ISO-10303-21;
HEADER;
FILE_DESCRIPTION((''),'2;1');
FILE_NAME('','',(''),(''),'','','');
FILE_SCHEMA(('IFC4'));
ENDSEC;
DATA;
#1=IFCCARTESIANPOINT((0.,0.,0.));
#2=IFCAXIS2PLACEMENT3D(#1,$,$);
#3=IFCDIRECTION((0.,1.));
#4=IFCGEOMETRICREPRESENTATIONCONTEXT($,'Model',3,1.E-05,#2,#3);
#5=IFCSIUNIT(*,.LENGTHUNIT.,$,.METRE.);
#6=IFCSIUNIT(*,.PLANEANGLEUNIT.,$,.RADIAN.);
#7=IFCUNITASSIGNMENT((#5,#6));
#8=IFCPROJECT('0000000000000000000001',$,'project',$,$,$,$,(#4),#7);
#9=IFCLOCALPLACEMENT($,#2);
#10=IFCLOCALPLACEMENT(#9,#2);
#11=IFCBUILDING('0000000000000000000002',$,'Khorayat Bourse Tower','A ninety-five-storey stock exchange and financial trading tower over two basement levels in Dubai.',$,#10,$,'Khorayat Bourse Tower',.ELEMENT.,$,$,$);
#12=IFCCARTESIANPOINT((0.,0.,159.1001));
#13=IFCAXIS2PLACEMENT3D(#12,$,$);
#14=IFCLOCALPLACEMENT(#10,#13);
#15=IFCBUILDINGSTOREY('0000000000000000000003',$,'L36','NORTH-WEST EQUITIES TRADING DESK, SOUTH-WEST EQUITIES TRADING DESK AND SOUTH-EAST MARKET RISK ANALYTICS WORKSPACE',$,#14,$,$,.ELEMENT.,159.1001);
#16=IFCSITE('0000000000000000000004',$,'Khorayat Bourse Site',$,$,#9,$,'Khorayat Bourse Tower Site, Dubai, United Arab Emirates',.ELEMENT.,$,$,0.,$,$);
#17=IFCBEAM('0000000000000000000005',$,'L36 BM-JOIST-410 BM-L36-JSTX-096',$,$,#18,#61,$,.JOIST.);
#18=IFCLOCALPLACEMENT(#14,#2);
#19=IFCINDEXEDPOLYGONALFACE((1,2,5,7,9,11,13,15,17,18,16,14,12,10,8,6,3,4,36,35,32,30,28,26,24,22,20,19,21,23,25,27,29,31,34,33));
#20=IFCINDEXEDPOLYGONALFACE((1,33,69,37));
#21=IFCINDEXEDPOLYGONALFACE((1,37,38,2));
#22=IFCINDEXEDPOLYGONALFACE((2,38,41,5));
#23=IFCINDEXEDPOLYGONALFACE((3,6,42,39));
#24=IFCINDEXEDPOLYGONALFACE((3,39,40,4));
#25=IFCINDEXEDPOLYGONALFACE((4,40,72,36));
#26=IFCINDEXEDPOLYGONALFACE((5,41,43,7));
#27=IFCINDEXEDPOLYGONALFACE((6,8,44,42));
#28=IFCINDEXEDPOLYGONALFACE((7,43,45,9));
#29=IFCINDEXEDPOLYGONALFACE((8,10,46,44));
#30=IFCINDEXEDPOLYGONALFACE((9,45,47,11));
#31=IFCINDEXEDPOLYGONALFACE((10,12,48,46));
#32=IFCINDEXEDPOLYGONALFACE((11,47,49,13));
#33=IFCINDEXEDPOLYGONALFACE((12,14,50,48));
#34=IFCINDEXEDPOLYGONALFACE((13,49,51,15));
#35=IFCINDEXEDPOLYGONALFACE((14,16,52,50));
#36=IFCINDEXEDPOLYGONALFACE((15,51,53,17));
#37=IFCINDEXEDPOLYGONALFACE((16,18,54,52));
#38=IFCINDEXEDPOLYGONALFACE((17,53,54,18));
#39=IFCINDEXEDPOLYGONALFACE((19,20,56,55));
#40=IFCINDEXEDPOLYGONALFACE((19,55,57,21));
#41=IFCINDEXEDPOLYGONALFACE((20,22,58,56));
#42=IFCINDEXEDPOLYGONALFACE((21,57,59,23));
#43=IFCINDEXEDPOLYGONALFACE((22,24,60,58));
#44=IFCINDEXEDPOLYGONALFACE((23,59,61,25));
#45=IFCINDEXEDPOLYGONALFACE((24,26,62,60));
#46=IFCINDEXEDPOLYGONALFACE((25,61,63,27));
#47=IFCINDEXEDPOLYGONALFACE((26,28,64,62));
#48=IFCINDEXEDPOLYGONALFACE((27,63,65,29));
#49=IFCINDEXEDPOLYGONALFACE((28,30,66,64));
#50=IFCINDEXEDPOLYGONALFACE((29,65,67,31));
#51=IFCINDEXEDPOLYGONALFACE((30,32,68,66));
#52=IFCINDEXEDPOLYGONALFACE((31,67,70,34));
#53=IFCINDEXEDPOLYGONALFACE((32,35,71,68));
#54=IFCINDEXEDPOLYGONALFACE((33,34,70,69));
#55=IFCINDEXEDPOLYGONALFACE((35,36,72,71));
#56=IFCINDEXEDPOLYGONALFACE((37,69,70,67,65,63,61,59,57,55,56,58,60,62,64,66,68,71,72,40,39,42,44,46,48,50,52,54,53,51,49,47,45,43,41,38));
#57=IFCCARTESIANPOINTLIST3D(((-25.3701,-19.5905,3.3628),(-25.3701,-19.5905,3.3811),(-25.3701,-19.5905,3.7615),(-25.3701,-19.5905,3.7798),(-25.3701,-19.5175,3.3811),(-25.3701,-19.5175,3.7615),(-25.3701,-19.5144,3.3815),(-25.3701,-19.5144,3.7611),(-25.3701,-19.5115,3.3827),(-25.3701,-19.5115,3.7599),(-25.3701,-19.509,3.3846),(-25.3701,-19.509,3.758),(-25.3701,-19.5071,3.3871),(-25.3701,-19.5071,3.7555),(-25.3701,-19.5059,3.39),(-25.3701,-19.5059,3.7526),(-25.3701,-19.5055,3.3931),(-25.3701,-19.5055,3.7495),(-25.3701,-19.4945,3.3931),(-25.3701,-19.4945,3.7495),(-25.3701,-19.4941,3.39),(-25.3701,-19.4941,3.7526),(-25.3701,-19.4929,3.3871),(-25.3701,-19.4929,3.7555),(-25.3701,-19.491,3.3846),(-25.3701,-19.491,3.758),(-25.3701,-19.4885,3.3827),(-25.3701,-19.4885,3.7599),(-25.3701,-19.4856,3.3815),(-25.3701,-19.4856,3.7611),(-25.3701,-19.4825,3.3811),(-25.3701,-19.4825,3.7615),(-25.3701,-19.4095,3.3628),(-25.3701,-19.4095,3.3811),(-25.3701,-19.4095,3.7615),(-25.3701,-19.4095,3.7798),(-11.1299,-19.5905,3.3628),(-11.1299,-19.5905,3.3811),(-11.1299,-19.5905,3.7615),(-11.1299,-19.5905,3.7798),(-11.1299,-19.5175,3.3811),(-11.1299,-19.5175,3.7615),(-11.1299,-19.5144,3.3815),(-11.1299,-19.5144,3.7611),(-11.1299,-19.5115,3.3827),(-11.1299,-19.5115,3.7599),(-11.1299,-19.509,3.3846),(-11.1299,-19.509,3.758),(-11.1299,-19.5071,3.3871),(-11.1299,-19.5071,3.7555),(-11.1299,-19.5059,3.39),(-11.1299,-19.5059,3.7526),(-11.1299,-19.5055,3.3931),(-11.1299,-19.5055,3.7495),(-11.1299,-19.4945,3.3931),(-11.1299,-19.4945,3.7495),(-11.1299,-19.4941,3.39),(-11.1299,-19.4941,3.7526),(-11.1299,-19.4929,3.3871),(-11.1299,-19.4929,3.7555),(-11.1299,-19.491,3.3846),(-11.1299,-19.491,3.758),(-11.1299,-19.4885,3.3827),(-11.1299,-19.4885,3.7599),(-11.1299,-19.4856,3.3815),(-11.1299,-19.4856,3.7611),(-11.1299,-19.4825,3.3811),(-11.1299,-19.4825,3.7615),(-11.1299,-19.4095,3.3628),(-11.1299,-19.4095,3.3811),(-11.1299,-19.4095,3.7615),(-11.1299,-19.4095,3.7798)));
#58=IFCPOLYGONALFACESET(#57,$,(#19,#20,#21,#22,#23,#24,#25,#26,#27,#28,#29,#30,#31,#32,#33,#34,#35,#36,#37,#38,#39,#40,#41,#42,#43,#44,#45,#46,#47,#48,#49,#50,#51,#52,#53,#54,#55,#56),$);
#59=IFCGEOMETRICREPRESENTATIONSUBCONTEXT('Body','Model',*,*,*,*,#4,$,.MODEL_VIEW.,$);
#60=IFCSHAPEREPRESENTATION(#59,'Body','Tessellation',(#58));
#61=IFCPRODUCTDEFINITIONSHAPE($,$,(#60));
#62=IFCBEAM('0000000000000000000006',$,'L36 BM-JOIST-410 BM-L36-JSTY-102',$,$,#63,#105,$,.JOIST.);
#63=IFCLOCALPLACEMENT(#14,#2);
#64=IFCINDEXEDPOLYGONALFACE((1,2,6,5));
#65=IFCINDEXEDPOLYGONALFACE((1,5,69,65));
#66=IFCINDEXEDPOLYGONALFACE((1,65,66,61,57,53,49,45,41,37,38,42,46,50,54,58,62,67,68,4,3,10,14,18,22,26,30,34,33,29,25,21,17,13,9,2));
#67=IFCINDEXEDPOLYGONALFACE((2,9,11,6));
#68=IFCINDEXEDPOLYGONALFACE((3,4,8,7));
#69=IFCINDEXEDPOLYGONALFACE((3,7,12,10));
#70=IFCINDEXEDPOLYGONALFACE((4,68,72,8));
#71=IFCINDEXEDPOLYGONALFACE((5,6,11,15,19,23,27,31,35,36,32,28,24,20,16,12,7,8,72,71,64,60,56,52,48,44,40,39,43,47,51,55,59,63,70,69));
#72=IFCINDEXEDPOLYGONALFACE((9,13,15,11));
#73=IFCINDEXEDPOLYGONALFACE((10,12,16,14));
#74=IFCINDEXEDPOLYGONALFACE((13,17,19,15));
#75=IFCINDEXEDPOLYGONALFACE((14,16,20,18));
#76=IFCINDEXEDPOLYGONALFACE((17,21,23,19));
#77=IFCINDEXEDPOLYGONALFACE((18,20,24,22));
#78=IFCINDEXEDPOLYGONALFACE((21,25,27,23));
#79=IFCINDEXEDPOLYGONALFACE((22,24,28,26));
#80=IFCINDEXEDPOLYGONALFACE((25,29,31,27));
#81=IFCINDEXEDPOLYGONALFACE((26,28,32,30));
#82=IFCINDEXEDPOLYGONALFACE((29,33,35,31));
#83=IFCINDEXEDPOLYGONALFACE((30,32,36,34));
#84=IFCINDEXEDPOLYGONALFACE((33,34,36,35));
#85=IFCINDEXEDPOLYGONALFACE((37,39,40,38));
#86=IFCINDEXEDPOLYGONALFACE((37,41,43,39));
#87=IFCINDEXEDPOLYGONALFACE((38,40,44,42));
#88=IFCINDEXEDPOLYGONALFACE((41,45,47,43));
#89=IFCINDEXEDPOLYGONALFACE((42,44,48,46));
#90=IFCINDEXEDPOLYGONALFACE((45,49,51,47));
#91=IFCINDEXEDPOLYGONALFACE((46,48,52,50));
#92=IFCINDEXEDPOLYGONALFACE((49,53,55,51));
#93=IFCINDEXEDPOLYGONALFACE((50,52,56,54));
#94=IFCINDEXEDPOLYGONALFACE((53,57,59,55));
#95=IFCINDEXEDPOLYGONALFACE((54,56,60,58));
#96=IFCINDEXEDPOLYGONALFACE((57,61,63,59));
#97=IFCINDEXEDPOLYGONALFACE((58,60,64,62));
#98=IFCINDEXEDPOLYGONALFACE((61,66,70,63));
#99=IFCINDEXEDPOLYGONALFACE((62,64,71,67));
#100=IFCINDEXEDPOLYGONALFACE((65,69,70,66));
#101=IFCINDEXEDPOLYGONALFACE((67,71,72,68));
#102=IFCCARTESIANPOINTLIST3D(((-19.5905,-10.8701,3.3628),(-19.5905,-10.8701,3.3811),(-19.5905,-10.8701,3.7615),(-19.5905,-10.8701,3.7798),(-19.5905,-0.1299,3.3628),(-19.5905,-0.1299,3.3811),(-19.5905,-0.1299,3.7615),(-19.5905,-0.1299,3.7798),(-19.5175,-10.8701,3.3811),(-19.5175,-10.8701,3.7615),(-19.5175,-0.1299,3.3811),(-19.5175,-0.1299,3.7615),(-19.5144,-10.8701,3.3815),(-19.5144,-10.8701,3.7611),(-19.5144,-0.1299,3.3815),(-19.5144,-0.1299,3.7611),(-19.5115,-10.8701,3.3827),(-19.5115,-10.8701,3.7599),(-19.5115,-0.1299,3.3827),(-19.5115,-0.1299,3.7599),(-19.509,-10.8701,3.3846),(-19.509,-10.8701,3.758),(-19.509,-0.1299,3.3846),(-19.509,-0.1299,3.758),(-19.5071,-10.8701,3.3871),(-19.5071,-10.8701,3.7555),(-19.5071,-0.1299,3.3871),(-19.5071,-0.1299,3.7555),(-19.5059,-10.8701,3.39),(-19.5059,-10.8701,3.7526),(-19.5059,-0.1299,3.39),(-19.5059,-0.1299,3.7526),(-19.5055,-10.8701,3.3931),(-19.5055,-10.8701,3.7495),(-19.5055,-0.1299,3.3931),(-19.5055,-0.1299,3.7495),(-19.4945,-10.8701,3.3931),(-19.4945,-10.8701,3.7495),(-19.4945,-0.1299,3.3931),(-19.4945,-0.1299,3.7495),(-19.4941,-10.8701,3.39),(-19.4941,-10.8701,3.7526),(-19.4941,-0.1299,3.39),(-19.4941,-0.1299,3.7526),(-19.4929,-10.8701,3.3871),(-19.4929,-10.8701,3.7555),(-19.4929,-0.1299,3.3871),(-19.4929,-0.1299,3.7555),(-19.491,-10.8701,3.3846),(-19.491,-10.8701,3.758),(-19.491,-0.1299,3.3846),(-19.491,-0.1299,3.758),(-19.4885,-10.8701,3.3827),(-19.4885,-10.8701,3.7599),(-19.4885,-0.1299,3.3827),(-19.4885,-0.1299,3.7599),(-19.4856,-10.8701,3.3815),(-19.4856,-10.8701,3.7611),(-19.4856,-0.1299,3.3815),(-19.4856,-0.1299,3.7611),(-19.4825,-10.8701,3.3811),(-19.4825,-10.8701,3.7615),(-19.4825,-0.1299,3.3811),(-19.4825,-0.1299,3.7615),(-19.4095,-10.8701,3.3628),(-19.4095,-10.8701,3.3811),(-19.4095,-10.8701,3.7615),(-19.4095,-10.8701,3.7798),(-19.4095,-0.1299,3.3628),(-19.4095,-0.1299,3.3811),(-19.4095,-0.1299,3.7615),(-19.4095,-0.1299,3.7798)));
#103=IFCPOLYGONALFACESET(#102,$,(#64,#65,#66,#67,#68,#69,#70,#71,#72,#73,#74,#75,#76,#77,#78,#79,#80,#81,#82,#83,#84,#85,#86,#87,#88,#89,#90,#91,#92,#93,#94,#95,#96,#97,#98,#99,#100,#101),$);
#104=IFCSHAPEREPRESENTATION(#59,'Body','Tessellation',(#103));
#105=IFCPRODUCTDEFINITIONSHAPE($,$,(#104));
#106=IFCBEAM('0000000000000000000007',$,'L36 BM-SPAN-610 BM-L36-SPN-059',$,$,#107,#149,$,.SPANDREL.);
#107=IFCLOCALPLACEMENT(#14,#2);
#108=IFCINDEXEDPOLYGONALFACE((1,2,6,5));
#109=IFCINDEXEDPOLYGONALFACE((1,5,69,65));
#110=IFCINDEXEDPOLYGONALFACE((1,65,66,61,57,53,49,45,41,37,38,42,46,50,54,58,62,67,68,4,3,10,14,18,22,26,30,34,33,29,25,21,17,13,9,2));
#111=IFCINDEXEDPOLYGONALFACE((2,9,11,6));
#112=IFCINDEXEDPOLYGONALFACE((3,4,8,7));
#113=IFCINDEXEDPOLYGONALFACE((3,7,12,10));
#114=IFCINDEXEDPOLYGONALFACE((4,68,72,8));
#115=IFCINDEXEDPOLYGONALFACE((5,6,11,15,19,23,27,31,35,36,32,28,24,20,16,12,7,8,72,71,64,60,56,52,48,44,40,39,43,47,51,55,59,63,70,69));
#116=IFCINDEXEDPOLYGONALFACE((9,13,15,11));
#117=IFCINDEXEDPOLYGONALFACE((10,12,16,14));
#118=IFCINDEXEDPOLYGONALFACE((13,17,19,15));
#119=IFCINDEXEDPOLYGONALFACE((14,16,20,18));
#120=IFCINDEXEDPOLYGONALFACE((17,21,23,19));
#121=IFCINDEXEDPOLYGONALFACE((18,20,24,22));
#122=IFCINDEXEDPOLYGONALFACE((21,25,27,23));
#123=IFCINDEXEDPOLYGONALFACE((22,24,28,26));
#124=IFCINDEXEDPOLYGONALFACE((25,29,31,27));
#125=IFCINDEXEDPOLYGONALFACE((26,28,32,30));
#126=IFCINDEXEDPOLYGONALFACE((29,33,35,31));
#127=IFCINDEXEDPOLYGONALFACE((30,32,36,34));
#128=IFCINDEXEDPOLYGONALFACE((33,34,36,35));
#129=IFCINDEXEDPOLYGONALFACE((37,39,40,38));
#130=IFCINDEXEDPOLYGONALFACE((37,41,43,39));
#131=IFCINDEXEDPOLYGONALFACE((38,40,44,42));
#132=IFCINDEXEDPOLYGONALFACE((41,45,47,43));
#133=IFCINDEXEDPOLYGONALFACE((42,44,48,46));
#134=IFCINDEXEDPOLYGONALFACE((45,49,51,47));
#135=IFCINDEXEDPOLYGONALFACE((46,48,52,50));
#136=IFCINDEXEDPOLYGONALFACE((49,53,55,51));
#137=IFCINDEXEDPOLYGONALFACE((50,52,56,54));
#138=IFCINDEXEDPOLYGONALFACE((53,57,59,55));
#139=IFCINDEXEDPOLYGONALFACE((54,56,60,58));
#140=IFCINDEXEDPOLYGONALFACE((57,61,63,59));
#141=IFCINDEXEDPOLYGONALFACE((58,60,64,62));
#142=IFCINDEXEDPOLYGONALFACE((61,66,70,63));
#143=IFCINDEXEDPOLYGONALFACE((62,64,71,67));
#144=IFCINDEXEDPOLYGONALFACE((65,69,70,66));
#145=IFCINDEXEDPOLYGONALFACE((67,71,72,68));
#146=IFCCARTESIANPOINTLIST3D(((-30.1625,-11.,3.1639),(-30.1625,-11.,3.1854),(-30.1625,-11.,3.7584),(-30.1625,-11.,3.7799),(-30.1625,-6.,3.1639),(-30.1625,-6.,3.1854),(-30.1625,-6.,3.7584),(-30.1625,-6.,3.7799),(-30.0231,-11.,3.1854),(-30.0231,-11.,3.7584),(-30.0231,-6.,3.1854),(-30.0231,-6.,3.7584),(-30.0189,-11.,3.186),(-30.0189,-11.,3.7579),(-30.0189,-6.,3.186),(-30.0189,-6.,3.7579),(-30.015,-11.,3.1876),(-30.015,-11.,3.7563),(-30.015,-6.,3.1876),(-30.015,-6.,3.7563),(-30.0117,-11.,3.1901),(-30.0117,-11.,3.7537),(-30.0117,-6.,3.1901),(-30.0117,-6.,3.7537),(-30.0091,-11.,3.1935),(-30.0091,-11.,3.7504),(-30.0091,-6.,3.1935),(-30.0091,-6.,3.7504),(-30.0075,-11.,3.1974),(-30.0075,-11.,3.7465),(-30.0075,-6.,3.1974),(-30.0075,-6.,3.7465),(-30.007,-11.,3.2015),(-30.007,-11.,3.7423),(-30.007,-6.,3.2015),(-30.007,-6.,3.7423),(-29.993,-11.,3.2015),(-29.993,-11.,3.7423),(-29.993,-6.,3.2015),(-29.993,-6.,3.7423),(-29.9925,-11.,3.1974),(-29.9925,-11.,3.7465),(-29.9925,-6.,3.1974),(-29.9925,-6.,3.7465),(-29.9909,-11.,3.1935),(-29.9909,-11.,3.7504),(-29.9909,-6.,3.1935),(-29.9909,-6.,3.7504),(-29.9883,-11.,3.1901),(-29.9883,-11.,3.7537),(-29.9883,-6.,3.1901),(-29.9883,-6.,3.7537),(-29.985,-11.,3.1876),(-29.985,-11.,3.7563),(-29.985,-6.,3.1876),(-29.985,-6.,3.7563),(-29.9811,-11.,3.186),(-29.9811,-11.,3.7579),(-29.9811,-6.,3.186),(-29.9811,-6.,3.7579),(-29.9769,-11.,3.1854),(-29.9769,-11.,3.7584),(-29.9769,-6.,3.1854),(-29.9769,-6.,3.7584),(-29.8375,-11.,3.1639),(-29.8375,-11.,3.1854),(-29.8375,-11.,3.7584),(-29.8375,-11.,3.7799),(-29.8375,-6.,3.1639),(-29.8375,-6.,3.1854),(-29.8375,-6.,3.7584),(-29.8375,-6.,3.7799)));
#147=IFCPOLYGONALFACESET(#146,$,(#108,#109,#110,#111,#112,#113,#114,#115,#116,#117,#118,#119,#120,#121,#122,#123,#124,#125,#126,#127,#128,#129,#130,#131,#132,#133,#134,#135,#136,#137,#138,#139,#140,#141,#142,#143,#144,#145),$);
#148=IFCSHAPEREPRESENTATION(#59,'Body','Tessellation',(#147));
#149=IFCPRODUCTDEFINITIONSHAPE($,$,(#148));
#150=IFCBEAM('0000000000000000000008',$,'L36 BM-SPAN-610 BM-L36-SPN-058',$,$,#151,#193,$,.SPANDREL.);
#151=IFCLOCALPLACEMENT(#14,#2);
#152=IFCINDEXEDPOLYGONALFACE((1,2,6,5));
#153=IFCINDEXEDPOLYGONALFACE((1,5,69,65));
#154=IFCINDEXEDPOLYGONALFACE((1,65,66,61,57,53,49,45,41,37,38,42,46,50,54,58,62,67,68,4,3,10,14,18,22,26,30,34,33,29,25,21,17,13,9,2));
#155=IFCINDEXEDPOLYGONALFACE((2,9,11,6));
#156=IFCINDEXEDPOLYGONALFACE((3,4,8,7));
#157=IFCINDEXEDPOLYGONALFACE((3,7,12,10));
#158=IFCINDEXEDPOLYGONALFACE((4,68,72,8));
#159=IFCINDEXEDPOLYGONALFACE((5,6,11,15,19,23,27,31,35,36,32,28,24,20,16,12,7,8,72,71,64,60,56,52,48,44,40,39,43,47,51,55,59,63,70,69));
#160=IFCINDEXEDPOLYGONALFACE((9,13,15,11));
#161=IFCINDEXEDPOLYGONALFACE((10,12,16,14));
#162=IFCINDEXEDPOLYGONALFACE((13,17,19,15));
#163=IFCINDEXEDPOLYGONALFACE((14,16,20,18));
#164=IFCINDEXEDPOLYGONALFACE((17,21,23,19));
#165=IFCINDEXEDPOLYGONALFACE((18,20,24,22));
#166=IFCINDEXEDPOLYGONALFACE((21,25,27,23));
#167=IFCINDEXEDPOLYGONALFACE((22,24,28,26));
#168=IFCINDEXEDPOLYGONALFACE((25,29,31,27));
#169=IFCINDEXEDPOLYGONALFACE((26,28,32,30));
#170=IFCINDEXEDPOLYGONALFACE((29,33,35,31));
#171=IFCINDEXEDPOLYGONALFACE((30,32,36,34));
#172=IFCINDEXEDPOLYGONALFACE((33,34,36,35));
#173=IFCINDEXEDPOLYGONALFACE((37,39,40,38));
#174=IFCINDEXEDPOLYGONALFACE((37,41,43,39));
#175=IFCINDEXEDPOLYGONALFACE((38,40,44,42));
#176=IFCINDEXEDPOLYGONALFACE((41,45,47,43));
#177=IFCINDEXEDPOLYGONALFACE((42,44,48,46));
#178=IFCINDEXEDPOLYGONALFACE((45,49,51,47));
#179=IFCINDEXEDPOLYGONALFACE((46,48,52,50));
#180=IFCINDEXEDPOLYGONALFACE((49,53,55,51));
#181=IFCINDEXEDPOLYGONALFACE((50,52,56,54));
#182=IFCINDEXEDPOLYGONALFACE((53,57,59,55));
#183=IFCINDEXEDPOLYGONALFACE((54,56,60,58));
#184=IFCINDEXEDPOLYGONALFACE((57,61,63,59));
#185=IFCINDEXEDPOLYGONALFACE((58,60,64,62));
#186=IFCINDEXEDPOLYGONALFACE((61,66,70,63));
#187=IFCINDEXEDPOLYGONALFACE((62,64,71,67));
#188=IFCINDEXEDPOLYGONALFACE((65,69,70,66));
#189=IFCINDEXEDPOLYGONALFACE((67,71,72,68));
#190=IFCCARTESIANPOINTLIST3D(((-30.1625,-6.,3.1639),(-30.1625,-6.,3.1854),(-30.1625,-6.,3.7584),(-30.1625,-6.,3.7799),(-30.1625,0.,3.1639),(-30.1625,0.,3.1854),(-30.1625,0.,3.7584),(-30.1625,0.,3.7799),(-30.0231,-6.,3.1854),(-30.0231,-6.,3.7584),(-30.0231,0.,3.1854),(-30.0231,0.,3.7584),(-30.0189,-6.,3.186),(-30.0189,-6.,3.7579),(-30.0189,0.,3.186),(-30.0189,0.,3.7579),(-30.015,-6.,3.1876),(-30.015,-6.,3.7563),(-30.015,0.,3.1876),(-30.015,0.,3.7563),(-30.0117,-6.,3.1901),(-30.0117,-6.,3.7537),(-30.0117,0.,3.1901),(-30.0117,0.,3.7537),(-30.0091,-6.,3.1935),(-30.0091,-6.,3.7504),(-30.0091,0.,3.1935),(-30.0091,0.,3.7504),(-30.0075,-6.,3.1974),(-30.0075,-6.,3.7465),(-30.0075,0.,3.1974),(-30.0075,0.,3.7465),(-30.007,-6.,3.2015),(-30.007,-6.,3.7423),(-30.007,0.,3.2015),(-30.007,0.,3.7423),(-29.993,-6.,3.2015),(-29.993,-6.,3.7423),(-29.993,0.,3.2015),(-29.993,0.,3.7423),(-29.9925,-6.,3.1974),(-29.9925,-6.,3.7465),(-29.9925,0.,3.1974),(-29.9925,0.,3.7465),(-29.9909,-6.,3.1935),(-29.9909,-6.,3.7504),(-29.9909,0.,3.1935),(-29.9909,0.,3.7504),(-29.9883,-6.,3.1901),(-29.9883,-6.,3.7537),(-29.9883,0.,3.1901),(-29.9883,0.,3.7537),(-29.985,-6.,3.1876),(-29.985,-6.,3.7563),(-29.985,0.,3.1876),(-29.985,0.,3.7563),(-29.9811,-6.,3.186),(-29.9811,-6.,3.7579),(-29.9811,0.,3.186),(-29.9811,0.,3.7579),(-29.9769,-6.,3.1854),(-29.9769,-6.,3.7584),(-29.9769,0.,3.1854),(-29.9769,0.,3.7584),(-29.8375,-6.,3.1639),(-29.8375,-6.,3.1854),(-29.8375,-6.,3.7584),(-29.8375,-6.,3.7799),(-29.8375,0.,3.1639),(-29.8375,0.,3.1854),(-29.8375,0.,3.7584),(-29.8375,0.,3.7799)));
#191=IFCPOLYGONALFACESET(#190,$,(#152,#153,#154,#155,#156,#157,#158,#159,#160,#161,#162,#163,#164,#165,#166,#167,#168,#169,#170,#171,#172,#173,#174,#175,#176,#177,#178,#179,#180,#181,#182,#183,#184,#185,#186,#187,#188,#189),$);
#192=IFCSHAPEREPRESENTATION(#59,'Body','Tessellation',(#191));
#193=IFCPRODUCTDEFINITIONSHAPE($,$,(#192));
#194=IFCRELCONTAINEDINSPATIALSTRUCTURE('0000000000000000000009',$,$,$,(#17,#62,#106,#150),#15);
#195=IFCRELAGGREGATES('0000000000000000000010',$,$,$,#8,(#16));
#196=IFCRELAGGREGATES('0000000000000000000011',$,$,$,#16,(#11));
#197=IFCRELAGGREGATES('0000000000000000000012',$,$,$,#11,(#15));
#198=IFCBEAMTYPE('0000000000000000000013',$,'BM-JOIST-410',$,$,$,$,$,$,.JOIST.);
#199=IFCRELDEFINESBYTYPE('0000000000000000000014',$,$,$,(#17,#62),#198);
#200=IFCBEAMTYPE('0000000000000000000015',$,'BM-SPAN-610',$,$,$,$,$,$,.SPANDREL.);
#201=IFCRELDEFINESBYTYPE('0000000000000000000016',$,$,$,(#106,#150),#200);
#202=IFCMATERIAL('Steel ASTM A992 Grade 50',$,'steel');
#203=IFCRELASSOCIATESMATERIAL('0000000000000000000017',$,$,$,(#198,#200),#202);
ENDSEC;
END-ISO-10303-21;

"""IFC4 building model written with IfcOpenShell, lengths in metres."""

from ifc_helpers import new_model, si_unit, direction, frame, origin, origin_2d, place, context, subcontext, project, spatial, i_section, extrude, source, transform, mapped, material, material_profile, profile_set, type_object, element, save


model = new_model("IFC4")

# Units and contexts
model_context = context("Model", 3, precision=1e-05, world=origin(), true_north=direction((0.0, 1.0)))
body_context = subcontext(model_context, "Body", "Model", "MODEL_VIEW")
ifc_project = project(units=[si_unit("LENGTHUNIT", "METRE"), si_unit("PLANEANGLEUNIT", "RADIAN")], contexts=[model_context])

# Site, building, storey
site_placement = place(None, origin())
site = spatial("IfcSite", under=ifc_project, at=site_placement, Name="Khorayat Bourse Site", LongName="Khorayat Bourse Tower Site, Dubai, United Arab Emirates", CompositionType="ELEMENT", RefElevation=0.0)
building_placement = place(site_placement, origin())
building = spatial("IfcBuilding", under=site, at=building_placement, Name="Khorayat Bourse Tower", Description="A ninety-five-storey stock exchange and financial trading tower over two basement levels in Dubai.", LongName="Khorayat Bourse Tower", CompositionType="ELEMENT")
storey_placement = place(building_placement, frame((0.0, 0.0, 159.1001)))
storey = spatial("IfcBuildingStorey", under=building, at=storey_placement, Name="L36", Description="NORTH-WEST EQUITIES TRADING DESK, SOUTH-WEST EQUITIES TRADING DESK AND SOUTH-EAST MARKET RISK ANALYTICS WORKSPACE", CompositionType="ELEMENT", Elevation=159.1001)

# Beams
ifc_material_1 = material(Name="Steel ASTM A992 Grade 50", Category="steel")
ifc_material_profile_1 = material_profile(ifc_material_1, i_section(OverallWidth=0.1809, OverallDepth=0.417, WebThickness=0.011, FlangeThickness=0.0183, FilletRadius=0.012, at=origin_2d()), Name="W410X85")
ifc_profile_set_1 = profile_set([ifc_material_profile_1], Name="Steel ASTM A992 Grade 50")
beam_type_1 = type_object("IfcBeamType", Name="BM-JOIST-410", PredefinedType="JOIST", material=ifc_profile_set_1)
shared_shape_1 = source(origin(), body_context, "Body", "SweptSolid", [
    extrude(i_section(OverallWidth=0.1809, OverallDepth=0.417, WebThickness=0.011, FlangeThickness=0.0183, FilletRadius=0.012, at=origin_2d()), origin(), (0.0, 0.0, 1.0), 14.2402),
])
beam_1_placement = place(storey_placement, frame((-25.3701, -19.5, 3.5713), z_axis=(1.0, 0.0, 0.0), x_axis=(0.0, 1.0, 0.0)))
element("IfcBeam", 1, at=beam_1_placement, inside=storey, type_object=beam_type_1, Name="L36 BM-JOIST-410 BM-L36-JSTX-096", PredefinedType="JOIST", context=body_context, shape_type="MappedRepresentation", body=[
    mapped(shared_shape_1, transform((0.0, 0.0, 0.0), scale=1.0)),
])
shared_shape_2 = source(origin(), body_context, "Body", "SweptSolid", [
    extrude(i_section(OverallWidth=0.1809, OverallDepth=0.417, WebThickness=0.011, FlangeThickness=0.0183, FilletRadius=0.012, at=origin_2d()), origin(), (0.0, 0.0, 1.0), 10.7402),
])
beam_2_placement = place(storey_placement, frame((-19.5, -10.8701, 3.5713), z_axis=(0.0, 1.0, 0.0), x_axis=(-1.0, 0.0, 0.0)))
element("IfcBeam", 2, at=beam_2_placement, inside=storey, type_object=beam_type_1, Name="L36 BM-JOIST-410 BM-L36-JSTY-102", PredefinedType="JOIST", context=body_context, shape_type="MappedRepresentation", body=[
    mapped(shared_shape_2, transform((0.0, 0.0, 0.0), scale=1.0)),
])
ifc_material_profile_2 = material_profile(ifc_material_1, i_section(OverallWidth=0.325, OverallDepth=0.616, WebThickness=0.0139, FlangeThickness=0.0215, FilletRadius=0.0161, at=origin_2d()), Name="W610X174")
ifc_profile_set_2 = profile_set([ifc_material_profile_2], Name="Steel ASTM A992 Grade 50")
beam_type_2 = type_object("IfcBeamType", Name="BM-SPAN-610", PredefinedType="SPANDREL", material=ifc_profile_set_2)
shared_shape_3 = source(origin(), body_context, "Body", "SweptSolid", [
    extrude(i_section(OverallWidth=0.325, OverallDepth=0.616, WebThickness=0.0139, FlangeThickness=0.0215, FilletRadius=0.0161, at=origin_2d()), origin(), (0.0, 0.0, 1.0), 5.0),
])
beam_3_placement = place(storey_placement, frame((-30.0, -11.0, 3.4719), z_axis=(0.0, 1.0, 0.0), x_axis=(-1.0, 0.0, 0.0)))
element("IfcBeam", 3, at=beam_3_placement, inside=storey, type_object=beam_type_2, Name="L36 BM-SPAN-610 BM-L36-SPN-059", PredefinedType="SPANDREL", context=body_context, shape_type="MappedRepresentation", body=[
    mapped(shared_shape_3, transform((0.0, 0.0, 0.0), scale=1.0)),
])
shared_shape_4 = source(origin(), body_context, "Body", "SweptSolid", [
    extrude(i_section(OverallWidth=0.325, OverallDepth=0.616, WebThickness=0.0139, FlangeThickness=0.0215, FilletRadius=0.0161, at=origin_2d()), origin(), (0.0, 0.0, 1.0), 6.0),
])
beam_4_placement = place(storey_placement, frame((-30.0, -6.0, 3.4719), z_axis=(0.0, 1.0, 0.0), x_axis=(-1.0, 0.0, 0.0)))
element("IfcBeam", 4, at=beam_4_placement, inside=storey, type_object=beam_type_2, Name="L36 BM-SPAN-610 BM-L36-SPN-058", PredefinedType="SPANDREL", context=body_context, shape_type="MappedRepresentation", body=[
    mapped(shared_shape_4, transform((0.0, 0.0, 0.0), scale=1.0)),
])

save(model, "model.ifc")
